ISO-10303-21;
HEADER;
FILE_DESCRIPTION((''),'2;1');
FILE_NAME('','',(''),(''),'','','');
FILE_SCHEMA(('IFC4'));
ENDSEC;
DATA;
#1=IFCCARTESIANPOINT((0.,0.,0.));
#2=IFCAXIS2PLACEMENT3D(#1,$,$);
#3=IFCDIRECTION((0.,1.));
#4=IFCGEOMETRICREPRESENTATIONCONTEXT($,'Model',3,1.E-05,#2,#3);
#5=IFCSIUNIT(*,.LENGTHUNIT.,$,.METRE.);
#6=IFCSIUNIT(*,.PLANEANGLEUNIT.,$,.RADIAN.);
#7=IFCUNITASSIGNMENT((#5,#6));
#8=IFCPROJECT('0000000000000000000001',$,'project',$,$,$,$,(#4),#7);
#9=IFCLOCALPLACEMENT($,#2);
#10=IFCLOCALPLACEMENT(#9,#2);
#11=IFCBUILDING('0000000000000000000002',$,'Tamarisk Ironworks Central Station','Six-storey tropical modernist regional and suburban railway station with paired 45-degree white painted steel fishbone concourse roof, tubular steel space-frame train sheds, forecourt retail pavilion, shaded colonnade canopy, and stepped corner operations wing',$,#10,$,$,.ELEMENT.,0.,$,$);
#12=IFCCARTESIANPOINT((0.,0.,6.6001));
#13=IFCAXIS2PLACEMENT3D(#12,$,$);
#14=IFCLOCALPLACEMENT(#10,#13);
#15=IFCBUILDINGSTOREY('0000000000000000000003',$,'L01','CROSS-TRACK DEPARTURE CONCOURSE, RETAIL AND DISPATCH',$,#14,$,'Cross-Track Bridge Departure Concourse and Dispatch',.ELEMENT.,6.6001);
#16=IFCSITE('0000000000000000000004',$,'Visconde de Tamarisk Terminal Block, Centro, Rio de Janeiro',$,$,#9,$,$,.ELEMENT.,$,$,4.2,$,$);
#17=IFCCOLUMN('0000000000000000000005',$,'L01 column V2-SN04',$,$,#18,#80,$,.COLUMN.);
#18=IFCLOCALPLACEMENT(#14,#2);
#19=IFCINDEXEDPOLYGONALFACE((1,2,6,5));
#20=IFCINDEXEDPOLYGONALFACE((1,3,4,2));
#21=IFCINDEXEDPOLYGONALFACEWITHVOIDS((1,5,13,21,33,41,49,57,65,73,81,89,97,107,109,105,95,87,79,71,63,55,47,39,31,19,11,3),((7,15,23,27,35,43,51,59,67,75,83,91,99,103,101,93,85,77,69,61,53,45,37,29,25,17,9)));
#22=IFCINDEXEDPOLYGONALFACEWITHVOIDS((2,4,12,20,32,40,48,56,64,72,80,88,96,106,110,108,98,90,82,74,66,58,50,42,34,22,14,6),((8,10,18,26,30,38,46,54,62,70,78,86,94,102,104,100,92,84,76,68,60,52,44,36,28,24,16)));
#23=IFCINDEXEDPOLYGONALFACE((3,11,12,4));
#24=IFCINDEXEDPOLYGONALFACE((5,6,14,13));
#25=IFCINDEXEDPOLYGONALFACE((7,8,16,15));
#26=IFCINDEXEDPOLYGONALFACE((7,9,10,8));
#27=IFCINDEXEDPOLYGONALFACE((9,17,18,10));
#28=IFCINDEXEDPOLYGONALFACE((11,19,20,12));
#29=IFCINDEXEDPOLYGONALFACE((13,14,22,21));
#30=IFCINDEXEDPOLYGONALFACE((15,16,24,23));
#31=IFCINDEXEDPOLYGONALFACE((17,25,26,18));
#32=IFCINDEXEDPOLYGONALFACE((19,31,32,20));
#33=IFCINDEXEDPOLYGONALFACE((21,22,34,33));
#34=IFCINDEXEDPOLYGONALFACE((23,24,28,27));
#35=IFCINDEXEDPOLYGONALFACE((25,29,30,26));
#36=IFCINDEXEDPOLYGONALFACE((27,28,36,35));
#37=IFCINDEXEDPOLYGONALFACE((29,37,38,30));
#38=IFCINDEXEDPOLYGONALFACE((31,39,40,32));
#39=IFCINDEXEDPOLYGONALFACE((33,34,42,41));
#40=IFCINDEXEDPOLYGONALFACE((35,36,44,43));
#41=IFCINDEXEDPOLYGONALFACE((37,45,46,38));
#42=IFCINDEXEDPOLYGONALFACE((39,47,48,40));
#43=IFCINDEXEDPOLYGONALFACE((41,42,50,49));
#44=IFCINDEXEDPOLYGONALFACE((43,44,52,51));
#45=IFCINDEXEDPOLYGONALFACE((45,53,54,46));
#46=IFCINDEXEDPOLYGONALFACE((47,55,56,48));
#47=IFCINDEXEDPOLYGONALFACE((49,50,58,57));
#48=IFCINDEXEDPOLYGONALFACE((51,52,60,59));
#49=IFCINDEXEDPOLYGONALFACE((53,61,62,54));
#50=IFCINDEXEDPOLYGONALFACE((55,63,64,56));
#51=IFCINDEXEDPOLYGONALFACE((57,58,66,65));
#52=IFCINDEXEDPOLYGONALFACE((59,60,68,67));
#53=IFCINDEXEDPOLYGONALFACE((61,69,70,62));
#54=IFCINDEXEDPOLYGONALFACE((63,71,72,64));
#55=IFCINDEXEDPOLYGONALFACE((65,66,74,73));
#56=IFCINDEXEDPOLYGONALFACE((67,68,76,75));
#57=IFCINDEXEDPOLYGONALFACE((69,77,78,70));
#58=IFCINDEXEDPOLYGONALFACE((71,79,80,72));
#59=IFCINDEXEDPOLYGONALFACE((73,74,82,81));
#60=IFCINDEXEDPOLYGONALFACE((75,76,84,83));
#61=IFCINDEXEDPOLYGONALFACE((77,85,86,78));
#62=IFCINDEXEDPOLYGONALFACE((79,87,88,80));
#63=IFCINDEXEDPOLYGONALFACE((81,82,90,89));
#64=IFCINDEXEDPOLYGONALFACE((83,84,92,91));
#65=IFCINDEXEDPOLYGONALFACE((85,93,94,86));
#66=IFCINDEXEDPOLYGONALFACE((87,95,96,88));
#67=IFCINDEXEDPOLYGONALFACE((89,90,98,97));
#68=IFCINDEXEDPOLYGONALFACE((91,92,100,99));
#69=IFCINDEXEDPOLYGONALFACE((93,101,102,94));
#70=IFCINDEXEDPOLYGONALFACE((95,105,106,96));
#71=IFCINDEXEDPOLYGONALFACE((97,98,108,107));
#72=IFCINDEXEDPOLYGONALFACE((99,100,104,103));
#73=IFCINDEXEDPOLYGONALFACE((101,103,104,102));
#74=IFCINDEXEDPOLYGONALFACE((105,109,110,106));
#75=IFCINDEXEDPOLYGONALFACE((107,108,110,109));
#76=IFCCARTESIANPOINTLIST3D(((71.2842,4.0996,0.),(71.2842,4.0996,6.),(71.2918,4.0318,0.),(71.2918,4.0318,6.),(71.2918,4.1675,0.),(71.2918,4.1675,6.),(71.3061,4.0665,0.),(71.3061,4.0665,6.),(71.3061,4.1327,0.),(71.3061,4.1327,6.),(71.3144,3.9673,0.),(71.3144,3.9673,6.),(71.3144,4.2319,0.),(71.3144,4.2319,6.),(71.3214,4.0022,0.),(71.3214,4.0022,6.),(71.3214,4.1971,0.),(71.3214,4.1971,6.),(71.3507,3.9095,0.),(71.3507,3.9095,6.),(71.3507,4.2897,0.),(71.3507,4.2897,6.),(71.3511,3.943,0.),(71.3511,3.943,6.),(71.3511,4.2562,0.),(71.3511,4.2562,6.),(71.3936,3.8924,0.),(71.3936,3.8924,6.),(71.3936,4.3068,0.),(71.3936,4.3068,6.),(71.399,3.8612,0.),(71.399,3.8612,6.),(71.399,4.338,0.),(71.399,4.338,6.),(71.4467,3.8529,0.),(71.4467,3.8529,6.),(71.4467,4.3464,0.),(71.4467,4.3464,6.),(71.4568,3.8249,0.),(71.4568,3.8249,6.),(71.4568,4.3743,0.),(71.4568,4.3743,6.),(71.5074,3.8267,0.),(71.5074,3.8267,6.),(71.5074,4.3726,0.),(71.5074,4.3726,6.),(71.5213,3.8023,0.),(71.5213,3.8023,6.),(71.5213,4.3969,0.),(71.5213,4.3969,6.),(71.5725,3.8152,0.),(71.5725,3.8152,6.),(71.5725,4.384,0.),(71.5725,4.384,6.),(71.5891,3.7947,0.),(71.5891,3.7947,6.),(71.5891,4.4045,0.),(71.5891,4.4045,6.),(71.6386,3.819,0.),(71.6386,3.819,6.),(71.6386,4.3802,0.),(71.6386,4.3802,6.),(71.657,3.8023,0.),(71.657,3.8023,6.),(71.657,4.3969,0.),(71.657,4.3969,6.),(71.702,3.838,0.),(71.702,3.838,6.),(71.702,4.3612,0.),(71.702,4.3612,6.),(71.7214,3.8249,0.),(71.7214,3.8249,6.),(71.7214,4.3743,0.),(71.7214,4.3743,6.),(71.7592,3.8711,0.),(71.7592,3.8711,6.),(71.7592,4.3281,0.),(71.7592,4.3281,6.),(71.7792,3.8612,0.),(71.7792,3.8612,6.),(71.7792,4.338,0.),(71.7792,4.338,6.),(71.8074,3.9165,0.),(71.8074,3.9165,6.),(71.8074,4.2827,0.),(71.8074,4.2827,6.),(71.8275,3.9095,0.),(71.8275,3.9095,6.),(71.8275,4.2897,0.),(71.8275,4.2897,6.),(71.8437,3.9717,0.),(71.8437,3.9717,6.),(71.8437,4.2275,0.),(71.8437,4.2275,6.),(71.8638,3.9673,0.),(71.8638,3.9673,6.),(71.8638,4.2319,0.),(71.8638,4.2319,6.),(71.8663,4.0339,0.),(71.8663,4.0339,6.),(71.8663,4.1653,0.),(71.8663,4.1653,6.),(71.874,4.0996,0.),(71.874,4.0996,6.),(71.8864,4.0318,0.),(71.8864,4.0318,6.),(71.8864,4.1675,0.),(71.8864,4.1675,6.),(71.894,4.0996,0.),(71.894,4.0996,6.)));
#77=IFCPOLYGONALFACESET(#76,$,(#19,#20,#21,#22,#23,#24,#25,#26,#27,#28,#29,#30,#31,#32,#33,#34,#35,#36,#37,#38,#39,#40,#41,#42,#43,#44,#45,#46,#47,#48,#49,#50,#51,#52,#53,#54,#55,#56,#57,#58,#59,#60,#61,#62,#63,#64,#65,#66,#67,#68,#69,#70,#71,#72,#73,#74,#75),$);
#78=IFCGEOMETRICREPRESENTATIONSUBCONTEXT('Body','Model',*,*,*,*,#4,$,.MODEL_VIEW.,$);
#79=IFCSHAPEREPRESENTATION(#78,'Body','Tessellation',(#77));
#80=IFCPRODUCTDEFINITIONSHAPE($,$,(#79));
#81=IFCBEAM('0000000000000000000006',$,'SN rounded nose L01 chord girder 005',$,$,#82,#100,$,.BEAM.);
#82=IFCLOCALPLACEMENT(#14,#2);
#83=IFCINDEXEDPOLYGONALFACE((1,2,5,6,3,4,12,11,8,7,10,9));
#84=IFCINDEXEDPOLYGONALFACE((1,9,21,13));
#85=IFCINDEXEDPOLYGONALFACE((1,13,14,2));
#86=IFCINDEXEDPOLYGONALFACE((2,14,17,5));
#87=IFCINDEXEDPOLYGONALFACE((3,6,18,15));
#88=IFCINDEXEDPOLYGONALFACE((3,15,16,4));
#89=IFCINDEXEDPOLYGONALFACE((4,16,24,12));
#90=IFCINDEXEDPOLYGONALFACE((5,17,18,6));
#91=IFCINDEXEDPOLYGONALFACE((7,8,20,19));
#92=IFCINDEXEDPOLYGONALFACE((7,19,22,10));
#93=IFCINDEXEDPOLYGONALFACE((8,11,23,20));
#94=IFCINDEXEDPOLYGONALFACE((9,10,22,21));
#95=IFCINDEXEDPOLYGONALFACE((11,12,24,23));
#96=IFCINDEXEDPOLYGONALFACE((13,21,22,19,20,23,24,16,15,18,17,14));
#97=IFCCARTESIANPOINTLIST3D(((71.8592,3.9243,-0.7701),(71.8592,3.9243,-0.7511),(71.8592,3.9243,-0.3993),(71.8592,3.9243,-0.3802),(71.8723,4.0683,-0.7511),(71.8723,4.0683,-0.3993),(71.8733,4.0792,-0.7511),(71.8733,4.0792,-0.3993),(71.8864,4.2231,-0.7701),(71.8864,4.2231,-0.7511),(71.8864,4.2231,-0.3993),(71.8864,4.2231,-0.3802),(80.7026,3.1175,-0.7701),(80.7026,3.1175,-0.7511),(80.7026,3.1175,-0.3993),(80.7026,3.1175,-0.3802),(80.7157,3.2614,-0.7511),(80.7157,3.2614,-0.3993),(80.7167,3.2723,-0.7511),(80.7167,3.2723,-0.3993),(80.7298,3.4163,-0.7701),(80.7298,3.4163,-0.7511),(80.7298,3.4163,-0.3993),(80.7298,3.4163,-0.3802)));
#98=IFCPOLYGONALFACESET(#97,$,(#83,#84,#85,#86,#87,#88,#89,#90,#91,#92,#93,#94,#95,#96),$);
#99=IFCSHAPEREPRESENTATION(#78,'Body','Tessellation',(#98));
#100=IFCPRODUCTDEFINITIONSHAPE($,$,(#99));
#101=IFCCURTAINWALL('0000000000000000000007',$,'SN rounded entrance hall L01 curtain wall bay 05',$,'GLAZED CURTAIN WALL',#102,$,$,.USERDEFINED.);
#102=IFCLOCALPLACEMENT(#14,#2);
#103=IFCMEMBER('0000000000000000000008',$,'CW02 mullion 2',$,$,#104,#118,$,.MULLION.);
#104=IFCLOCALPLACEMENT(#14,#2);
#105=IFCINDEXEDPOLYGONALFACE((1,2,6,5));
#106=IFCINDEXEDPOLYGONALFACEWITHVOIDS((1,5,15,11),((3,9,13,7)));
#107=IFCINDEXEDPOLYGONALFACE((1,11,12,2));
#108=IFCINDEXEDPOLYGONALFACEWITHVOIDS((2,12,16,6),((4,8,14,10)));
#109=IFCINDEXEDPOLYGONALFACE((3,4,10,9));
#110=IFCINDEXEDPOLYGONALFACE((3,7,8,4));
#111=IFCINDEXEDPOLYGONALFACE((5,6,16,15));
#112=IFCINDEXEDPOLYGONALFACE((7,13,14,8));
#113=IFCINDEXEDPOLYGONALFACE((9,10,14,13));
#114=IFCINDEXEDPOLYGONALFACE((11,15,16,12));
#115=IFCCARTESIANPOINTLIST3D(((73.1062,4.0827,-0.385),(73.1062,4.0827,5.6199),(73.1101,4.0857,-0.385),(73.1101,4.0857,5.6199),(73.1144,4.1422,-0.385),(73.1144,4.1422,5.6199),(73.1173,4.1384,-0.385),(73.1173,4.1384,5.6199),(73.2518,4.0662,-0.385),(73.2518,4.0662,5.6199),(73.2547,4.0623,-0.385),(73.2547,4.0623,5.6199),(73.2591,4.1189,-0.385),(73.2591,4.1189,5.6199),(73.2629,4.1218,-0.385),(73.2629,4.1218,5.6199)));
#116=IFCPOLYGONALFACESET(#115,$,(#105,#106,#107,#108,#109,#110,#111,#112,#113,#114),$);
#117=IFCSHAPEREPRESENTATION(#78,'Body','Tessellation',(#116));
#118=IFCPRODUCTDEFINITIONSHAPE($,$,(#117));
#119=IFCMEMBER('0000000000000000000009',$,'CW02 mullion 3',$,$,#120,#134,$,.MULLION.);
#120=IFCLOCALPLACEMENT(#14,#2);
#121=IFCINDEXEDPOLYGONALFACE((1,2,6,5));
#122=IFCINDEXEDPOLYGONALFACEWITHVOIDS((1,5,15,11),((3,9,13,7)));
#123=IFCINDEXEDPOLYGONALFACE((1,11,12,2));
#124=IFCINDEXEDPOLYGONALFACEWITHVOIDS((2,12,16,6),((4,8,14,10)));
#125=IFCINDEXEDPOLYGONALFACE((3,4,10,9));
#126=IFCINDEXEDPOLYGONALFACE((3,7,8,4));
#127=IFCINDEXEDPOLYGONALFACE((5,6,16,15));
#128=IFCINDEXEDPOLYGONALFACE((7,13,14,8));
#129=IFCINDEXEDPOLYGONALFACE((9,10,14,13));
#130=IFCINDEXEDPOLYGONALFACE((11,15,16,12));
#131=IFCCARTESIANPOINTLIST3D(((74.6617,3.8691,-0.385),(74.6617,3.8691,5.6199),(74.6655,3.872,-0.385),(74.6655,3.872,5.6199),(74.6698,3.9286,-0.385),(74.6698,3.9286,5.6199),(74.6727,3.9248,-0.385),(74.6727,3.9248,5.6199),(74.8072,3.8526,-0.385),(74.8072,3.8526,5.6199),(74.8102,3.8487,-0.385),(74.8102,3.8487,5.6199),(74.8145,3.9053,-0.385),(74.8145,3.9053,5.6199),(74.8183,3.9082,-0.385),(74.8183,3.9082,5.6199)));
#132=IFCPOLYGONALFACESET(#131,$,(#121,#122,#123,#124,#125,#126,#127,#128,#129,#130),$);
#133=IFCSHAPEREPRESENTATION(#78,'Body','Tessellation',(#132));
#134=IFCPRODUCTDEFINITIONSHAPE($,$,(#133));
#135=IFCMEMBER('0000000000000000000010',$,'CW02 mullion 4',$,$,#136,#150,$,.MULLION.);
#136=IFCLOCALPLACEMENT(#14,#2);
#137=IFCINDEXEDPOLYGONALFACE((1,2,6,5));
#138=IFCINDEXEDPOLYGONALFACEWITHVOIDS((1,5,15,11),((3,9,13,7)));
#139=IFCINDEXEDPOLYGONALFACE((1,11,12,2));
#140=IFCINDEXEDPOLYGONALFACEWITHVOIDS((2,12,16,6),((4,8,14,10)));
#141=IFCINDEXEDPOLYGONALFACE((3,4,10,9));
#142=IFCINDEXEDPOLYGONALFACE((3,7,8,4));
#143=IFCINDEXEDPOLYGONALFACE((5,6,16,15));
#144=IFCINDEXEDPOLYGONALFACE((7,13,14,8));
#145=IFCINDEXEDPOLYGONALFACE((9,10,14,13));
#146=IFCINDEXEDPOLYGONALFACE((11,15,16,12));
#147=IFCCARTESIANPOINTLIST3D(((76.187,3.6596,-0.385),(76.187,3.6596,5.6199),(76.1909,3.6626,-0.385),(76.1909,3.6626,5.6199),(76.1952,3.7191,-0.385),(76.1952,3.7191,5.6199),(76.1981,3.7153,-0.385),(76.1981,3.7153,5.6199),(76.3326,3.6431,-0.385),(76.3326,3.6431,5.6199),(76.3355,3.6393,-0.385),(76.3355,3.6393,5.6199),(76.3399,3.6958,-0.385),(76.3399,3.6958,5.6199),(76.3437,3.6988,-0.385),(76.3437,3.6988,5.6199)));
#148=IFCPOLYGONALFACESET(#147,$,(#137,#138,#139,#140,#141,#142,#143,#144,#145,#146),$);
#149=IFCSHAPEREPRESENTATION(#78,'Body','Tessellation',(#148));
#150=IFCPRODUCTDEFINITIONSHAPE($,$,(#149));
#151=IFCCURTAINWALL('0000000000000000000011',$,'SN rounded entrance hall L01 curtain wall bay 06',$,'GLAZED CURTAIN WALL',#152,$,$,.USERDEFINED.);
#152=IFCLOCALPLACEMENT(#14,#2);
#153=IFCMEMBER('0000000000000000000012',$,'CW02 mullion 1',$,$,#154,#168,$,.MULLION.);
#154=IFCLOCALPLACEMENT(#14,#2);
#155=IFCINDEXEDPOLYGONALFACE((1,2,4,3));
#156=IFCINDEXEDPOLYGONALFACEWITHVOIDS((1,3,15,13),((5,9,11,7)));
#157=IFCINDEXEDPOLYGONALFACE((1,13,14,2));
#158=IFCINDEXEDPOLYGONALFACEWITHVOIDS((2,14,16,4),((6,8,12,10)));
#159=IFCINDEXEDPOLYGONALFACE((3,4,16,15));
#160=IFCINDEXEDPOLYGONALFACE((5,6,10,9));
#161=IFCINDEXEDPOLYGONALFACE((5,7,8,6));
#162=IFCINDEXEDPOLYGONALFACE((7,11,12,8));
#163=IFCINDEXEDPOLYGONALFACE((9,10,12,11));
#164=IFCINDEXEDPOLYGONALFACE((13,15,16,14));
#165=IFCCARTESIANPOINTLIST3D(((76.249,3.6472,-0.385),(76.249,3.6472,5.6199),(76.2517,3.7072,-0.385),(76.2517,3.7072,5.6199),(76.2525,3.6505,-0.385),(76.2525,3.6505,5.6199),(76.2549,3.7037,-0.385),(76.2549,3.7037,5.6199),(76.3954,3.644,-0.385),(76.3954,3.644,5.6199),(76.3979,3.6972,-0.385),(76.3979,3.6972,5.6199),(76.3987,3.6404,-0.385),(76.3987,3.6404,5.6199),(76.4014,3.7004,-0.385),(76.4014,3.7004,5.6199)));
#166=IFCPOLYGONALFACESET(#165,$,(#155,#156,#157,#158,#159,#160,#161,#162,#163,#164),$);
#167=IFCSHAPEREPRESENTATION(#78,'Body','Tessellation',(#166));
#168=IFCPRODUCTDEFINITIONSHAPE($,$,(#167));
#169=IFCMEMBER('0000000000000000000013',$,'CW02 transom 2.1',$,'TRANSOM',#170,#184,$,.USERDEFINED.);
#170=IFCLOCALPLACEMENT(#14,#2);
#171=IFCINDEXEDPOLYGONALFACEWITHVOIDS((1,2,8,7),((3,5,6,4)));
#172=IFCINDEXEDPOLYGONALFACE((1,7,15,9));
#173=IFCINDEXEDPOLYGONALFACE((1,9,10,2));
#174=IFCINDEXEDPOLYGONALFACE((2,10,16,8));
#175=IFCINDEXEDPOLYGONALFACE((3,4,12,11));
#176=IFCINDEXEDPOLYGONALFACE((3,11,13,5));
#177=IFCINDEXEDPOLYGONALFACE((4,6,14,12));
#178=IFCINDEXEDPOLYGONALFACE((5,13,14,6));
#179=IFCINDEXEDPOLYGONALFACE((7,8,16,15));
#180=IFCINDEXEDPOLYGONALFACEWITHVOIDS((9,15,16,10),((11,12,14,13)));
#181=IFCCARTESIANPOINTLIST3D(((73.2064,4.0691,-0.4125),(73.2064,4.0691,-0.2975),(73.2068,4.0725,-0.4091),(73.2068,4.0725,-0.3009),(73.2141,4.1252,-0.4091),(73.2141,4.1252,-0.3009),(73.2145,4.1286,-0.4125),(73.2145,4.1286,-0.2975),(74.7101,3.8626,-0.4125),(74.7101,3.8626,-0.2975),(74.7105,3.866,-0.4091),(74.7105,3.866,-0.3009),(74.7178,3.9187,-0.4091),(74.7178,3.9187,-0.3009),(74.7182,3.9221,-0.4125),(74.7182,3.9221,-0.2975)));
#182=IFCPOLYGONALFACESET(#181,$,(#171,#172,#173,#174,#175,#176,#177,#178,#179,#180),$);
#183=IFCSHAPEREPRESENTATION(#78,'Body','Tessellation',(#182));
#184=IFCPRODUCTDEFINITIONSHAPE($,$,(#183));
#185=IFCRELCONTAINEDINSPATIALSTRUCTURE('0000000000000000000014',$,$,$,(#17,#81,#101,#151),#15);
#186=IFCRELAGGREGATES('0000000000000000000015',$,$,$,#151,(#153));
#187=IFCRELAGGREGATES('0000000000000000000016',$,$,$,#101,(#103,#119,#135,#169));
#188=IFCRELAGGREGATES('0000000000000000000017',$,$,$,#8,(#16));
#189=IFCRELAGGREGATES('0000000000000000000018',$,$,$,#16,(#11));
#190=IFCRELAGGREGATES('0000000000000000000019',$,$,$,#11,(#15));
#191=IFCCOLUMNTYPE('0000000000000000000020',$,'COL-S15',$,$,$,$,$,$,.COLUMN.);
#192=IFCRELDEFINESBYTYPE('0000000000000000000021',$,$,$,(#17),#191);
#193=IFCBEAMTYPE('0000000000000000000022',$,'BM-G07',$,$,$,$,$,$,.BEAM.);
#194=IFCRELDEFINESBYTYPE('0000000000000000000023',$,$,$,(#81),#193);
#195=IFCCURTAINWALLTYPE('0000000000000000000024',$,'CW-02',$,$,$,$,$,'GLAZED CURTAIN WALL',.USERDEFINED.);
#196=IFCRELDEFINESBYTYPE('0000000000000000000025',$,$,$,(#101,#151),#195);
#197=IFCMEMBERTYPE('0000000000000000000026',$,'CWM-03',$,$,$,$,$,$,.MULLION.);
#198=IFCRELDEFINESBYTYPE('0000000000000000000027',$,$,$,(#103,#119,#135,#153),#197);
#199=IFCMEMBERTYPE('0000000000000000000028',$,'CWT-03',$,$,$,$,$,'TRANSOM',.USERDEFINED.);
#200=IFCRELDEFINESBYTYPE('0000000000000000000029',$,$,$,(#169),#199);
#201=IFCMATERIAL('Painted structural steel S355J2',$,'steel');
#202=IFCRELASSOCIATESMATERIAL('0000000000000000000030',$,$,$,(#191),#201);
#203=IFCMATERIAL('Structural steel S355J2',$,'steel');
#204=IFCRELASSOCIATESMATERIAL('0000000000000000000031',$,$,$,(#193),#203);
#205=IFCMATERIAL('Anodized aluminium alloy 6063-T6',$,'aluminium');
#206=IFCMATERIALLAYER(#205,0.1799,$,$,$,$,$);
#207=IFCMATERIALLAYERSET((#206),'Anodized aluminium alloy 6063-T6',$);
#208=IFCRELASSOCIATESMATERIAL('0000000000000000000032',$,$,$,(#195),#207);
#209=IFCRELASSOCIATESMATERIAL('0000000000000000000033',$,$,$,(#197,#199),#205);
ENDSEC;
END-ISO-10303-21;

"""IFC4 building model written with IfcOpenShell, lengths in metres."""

from ifc_helpers import new_model, si_unit, direction, frame, origin, origin_2d, place, context, subcontext, project, spatial, hollow_rectangle, hollow_circle, i_section, extrude, material, layer, layer_set, material_profile, profile_set, type_object, element, aggregate, save


model = new_model("IFC4")

# Units and contexts
model_context = context("Model", 3, precision=1e-05, world=origin(), true_north=direction((0.0, 1.0)))
body_context = subcontext(model_context, "Body", "Model", "MODEL_VIEW")
ifc_project = project(units=[si_unit("LENGTHUNIT", "METRE"), si_unit("PLANEANGLEUNIT", "RADIAN")], contexts=[model_context])

# Site, building, storey
site_placement = place(None, origin())
site = spatial("IfcSite", under=ifc_project, at=site_placement, Name="Visconde de Tamarisk Terminal Block, Centro, Rio de Janeiro", CompositionType="ELEMENT", RefElevation=4.2)
building_placement = place(site_placement, origin())
building = spatial("IfcBuilding", under=site, at=building_placement, Name="Tamarisk Ironworks Central Station", Description="Six-storey tropical modernist regional and suburban railway station with paired 45-degree white painted steel fishbone concourse roof, tubular steel space-frame train sheds, forecourt retail pavilion, shaded colonnade canopy, and stepped corner operations wing", CompositionType="ELEMENT", ElevationOfRefHeight=0.0)
storey_placement = place(building_placement, frame((0.0, 0.0, 6.6001)))
storey = spatial("IfcBuildingStorey", under=building, at=storey_placement, Name="L01", Description="CROSS-TRACK DEPARTURE CONCOURSE, RETAIL AND DISPATCH", LongName="Cross-Track Bridge Departure Concourse and Dispatch", CompositionType="ELEMENT", Elevation=6.6001)

# Column
ifc_material_1 = material(Name="Painted structural steel S355J2", Category="steel")
ifc_material_profile_1 = material_profile(ifc_material_1, hollow_circle(Radius=0.3049, WallThickness=0.02, at=origin_2d()), Name="CHS 610x20")
ifc_profile_set_1 = profile_set([ifc_material_profile_1], Name="Painted structural steel S355J2")
column_type = type_object("IfcColumnType", Name="COL-S15", PredefinedType="COLUMN", material=ifc_profile_set_1)
column_placement = place(storey_placement, frame((71.5891, 4.0996, 0.0), z_axis=(0.0, 0.0, 1.0), x_axis=(1.0, 0.0, 0.0)))
element("IfcColumn", 1, at=column_placement, inside=storey, type_object=column_type, Name="L01 column V2-SN04", PredefinedType="COLUMN", context=body_context, shape_type="SweptSolid", body=[
    extrude(hollow_circle(Radius=0.3049, WallThickness=0.02, at=origin_2d()), origin(), (0.0, 0.0, 1.0), 6.0),
])

# Beam
ifc_material_2 = material(Name="Structural steel S355J2", Category="steel")
ifc_material_profile_2 = material_profile(ifc_material_2, i_section(OverallWidth=0.3, OverallDepth=0.3899, WebThickness=0.011, FlangeThickness=0.019, at=origin_2d()), Name="HEA 400")
ifc_profile_set_2 = profile_set([ifc_material_profile_2], Name="Structural steel S355J2")
beam_type = type_object("IfcBeamType", Name="BM-G07", PredefinedType="BEAM", material=ifc_profile_set_2)
beam_placement = place(storey_placement, frame((71.8728, 4.0737, -0.5752), z_axis=(0.995863, -0.090863, 0.0), x_axis=(0.090863, 0.995863, 0.0)))
element("IfcBeam", 2, at=beam_placement, inside=storey, type_object=beam_type, Name="SN rounded nose L01 chord girder 005", PredefinedType="BEAM", context=body_context, shape_type="SweptSolid", body=[
    extrude(i_section(OverallWidth=0.3, OverallDepth=0.3899, WebThickness=0.011, FlangeThickness=0.019, at=origin_2d()), origin(), (0.0, 0.0, 1.0), 8.8801),
])

# Curtain wall, members
ifc_material_3 = material(Name="Anodized aluminium alloy 6063-T6", Category="aluminium")
ifc_layer_1 = layer(ifc_material_3, 0.1799)
ifc_layer_set_1 = layer_set([ifc_layer_1], Name="Anodized aluminium alloy 6063-T6")
curtain_wall_type = type_object("IfcCurtainWallType", Name="CW-02", ElementType="GLAZED CURTAIN WALL", PredefinedType="USERDEFINED", material=ifc_layer_set_1)
curtain_wall_1_placement = place(storey_placement, origin())
curtain_wall_1 = element("IfcCurtainWall", 3, at=curtain_wall_1_placement, inside=storey, type_object=curtain_wall_type, Name="SN rounded entrance hall L01 curtain wall bay 05", ObjectType="GLAZED CURTAIN WALL", PredefinedType="USERDEFINED")
ifc_material_profile_3 = material_profile(ifc_material_3, hollow_rectangle(XDim=0.0601, YDim=0.1499, WallThickness=0.0034, at=origin_2d()), Name="ALUM 150x60")
ifc_profile_set_3 = profile_set([ifc_material_profile_3], Name="Anodized aluminium alloy 6063-T6")
member_type_1 = type_object("IfcMemberType", Name="CWM-03", PredefinedType="MULLION", material=ifc_profile_set_3)
member_1_placement = place(storey_placement, frame((73.1846, 4.1023, -0.385), z_axis=(0.0, 0.0, 1.0), x_axis=(0.136042, 0.990703, 0.0)))
member_1 = element("IfcMember", 4, at=member_1_placement, type_object=member_type_1, Name="CW02 mullion 2", PredefinedType="MULLION", context=body_context, shape_type="SweptSolid", body=[
    extrude(hollow_rectangle(XDim=0.0601, YDim=0.1499, WallThickness=0.0034, at=origin_2d()), origin(), (0.0, 0.0, 1.0), 6.0049),
])
member_2_placement = place(storey_placement, frame((74.74, 3.8887, -0.385), z_axis=(0.0, 0.0, 1.0), x_axis=(0.136042, 0.990703, 0.0)))
member_2 = element("IfcMember", 5, at=member_2_placement, type_object=member_type_1, Name="CW02 mullion 3", PredefinedType="MULLION", context=body_context, shape_type="SweptSolid", body=[
    extrude(hollow_rectangle(XDim=0.0601, YDim=0.1499, WallThickness=0.0034, at=origin_2d()), origin(), (0.0, 0.0, 1.0), 6.0049),
])
member_3_placement = place(storey_placement, frame((76.2654, 3.6792, -0.385), z_axis=(0.0, 0.0, 1.0), x_axis=(0.136042, 0.990703, 0.0)))
member_3 = element("IfcMember", 6, at=member_3_placement, type_object=member_type_1, Name="CW02 mullion 4", PredefinedType="MULLION", context=body_context, shape_type="SweptSolid", body=[
    extrude(hollow_rectangle(XDim=0.0601, YDim=0.1499, WallThickness=0.0034, at=origin_2d()), origin(), (0.0, 0.0, 1.0), 6.0049),
])

# Curtain wall, member
curtain_wall_2_placement = place(storey_placement, origin())
curtain_wall_2 = element("IfcCurtainWall", 7, at=curtain_wall_2_placement, inside=storey, type_object=curtain_wall_type, Name="SN rounded entrance hall L01 curtain wall bay 06", ObjectType="GLAZED CURTAIN WALL", PredefinedType="USERDEFINED")
member_4_placement = place(storey_placement, frame((76.3252, 3.6738, -0.385), z_axis=(0.0, 0.0, 1.0), x_axis=(0.045481, 0.998965, 0.0)))
member_4 = element("IfcMember", 8, at=member_4_placement, type_object=member_type_1, Name="CW02 mullion 1", PredefinedType="MULLION", context=body_context, shape_type="SweptSolid", body=[
    extrude(hollow_rectangle(XDim=0.0601, YDim=0.1499, WallThickness=0.0034, at=origin_2d()), origin(), (0.0, 0.0, 1.0), 6.0049),
])

# Member
ifc_material_profile_4 = material_profile(ifc_material_3, hollow_rectangle(XDim=0.0601, YDim=0.115, WallThickness=0.0034, at=origin_2d()), Name="ALUM 115x60")
ifc_profile_set_4 = profile_set([ifc_material_profile_4], Name="Anodized aluminium alloy 6063-T6")
member_type_2 = type_object("IfcMemberType", Name="CWT-03", ElementType="TRANSOM", PredefinedType="USERDEFINED", material=ifc_profile_set_4)
member_5_placement = place(storey_placement, frame((73.2104, 4.0989, -0.355), z_axis=(0.990698, -0.136082, 0.0), x_axis=(0.136082, 0.990698, 0.0)))
member_5 = element("IfcMember", 9, at=member_5_placement, type_object=member_type_2, Name="CW02 transom 2.1", ObjectType="TRANSOM", PredefinedType="USERDEFINED", context=body_context, shape_type="SweptSolid", body=[
    extrude(hollow_rectangle(XDim=0.0601, YDim=0.115, WallThickness=0.0034, at=origin_2d()), origin(), (0.0, 0.0, 1.0), 1.5178),
])
aggregate(curtain_wall_2, [member_4])

aggregate(curtain_wall_1, [member_1, member_2, member_3, member_5])

save(model, "model.ifc")
